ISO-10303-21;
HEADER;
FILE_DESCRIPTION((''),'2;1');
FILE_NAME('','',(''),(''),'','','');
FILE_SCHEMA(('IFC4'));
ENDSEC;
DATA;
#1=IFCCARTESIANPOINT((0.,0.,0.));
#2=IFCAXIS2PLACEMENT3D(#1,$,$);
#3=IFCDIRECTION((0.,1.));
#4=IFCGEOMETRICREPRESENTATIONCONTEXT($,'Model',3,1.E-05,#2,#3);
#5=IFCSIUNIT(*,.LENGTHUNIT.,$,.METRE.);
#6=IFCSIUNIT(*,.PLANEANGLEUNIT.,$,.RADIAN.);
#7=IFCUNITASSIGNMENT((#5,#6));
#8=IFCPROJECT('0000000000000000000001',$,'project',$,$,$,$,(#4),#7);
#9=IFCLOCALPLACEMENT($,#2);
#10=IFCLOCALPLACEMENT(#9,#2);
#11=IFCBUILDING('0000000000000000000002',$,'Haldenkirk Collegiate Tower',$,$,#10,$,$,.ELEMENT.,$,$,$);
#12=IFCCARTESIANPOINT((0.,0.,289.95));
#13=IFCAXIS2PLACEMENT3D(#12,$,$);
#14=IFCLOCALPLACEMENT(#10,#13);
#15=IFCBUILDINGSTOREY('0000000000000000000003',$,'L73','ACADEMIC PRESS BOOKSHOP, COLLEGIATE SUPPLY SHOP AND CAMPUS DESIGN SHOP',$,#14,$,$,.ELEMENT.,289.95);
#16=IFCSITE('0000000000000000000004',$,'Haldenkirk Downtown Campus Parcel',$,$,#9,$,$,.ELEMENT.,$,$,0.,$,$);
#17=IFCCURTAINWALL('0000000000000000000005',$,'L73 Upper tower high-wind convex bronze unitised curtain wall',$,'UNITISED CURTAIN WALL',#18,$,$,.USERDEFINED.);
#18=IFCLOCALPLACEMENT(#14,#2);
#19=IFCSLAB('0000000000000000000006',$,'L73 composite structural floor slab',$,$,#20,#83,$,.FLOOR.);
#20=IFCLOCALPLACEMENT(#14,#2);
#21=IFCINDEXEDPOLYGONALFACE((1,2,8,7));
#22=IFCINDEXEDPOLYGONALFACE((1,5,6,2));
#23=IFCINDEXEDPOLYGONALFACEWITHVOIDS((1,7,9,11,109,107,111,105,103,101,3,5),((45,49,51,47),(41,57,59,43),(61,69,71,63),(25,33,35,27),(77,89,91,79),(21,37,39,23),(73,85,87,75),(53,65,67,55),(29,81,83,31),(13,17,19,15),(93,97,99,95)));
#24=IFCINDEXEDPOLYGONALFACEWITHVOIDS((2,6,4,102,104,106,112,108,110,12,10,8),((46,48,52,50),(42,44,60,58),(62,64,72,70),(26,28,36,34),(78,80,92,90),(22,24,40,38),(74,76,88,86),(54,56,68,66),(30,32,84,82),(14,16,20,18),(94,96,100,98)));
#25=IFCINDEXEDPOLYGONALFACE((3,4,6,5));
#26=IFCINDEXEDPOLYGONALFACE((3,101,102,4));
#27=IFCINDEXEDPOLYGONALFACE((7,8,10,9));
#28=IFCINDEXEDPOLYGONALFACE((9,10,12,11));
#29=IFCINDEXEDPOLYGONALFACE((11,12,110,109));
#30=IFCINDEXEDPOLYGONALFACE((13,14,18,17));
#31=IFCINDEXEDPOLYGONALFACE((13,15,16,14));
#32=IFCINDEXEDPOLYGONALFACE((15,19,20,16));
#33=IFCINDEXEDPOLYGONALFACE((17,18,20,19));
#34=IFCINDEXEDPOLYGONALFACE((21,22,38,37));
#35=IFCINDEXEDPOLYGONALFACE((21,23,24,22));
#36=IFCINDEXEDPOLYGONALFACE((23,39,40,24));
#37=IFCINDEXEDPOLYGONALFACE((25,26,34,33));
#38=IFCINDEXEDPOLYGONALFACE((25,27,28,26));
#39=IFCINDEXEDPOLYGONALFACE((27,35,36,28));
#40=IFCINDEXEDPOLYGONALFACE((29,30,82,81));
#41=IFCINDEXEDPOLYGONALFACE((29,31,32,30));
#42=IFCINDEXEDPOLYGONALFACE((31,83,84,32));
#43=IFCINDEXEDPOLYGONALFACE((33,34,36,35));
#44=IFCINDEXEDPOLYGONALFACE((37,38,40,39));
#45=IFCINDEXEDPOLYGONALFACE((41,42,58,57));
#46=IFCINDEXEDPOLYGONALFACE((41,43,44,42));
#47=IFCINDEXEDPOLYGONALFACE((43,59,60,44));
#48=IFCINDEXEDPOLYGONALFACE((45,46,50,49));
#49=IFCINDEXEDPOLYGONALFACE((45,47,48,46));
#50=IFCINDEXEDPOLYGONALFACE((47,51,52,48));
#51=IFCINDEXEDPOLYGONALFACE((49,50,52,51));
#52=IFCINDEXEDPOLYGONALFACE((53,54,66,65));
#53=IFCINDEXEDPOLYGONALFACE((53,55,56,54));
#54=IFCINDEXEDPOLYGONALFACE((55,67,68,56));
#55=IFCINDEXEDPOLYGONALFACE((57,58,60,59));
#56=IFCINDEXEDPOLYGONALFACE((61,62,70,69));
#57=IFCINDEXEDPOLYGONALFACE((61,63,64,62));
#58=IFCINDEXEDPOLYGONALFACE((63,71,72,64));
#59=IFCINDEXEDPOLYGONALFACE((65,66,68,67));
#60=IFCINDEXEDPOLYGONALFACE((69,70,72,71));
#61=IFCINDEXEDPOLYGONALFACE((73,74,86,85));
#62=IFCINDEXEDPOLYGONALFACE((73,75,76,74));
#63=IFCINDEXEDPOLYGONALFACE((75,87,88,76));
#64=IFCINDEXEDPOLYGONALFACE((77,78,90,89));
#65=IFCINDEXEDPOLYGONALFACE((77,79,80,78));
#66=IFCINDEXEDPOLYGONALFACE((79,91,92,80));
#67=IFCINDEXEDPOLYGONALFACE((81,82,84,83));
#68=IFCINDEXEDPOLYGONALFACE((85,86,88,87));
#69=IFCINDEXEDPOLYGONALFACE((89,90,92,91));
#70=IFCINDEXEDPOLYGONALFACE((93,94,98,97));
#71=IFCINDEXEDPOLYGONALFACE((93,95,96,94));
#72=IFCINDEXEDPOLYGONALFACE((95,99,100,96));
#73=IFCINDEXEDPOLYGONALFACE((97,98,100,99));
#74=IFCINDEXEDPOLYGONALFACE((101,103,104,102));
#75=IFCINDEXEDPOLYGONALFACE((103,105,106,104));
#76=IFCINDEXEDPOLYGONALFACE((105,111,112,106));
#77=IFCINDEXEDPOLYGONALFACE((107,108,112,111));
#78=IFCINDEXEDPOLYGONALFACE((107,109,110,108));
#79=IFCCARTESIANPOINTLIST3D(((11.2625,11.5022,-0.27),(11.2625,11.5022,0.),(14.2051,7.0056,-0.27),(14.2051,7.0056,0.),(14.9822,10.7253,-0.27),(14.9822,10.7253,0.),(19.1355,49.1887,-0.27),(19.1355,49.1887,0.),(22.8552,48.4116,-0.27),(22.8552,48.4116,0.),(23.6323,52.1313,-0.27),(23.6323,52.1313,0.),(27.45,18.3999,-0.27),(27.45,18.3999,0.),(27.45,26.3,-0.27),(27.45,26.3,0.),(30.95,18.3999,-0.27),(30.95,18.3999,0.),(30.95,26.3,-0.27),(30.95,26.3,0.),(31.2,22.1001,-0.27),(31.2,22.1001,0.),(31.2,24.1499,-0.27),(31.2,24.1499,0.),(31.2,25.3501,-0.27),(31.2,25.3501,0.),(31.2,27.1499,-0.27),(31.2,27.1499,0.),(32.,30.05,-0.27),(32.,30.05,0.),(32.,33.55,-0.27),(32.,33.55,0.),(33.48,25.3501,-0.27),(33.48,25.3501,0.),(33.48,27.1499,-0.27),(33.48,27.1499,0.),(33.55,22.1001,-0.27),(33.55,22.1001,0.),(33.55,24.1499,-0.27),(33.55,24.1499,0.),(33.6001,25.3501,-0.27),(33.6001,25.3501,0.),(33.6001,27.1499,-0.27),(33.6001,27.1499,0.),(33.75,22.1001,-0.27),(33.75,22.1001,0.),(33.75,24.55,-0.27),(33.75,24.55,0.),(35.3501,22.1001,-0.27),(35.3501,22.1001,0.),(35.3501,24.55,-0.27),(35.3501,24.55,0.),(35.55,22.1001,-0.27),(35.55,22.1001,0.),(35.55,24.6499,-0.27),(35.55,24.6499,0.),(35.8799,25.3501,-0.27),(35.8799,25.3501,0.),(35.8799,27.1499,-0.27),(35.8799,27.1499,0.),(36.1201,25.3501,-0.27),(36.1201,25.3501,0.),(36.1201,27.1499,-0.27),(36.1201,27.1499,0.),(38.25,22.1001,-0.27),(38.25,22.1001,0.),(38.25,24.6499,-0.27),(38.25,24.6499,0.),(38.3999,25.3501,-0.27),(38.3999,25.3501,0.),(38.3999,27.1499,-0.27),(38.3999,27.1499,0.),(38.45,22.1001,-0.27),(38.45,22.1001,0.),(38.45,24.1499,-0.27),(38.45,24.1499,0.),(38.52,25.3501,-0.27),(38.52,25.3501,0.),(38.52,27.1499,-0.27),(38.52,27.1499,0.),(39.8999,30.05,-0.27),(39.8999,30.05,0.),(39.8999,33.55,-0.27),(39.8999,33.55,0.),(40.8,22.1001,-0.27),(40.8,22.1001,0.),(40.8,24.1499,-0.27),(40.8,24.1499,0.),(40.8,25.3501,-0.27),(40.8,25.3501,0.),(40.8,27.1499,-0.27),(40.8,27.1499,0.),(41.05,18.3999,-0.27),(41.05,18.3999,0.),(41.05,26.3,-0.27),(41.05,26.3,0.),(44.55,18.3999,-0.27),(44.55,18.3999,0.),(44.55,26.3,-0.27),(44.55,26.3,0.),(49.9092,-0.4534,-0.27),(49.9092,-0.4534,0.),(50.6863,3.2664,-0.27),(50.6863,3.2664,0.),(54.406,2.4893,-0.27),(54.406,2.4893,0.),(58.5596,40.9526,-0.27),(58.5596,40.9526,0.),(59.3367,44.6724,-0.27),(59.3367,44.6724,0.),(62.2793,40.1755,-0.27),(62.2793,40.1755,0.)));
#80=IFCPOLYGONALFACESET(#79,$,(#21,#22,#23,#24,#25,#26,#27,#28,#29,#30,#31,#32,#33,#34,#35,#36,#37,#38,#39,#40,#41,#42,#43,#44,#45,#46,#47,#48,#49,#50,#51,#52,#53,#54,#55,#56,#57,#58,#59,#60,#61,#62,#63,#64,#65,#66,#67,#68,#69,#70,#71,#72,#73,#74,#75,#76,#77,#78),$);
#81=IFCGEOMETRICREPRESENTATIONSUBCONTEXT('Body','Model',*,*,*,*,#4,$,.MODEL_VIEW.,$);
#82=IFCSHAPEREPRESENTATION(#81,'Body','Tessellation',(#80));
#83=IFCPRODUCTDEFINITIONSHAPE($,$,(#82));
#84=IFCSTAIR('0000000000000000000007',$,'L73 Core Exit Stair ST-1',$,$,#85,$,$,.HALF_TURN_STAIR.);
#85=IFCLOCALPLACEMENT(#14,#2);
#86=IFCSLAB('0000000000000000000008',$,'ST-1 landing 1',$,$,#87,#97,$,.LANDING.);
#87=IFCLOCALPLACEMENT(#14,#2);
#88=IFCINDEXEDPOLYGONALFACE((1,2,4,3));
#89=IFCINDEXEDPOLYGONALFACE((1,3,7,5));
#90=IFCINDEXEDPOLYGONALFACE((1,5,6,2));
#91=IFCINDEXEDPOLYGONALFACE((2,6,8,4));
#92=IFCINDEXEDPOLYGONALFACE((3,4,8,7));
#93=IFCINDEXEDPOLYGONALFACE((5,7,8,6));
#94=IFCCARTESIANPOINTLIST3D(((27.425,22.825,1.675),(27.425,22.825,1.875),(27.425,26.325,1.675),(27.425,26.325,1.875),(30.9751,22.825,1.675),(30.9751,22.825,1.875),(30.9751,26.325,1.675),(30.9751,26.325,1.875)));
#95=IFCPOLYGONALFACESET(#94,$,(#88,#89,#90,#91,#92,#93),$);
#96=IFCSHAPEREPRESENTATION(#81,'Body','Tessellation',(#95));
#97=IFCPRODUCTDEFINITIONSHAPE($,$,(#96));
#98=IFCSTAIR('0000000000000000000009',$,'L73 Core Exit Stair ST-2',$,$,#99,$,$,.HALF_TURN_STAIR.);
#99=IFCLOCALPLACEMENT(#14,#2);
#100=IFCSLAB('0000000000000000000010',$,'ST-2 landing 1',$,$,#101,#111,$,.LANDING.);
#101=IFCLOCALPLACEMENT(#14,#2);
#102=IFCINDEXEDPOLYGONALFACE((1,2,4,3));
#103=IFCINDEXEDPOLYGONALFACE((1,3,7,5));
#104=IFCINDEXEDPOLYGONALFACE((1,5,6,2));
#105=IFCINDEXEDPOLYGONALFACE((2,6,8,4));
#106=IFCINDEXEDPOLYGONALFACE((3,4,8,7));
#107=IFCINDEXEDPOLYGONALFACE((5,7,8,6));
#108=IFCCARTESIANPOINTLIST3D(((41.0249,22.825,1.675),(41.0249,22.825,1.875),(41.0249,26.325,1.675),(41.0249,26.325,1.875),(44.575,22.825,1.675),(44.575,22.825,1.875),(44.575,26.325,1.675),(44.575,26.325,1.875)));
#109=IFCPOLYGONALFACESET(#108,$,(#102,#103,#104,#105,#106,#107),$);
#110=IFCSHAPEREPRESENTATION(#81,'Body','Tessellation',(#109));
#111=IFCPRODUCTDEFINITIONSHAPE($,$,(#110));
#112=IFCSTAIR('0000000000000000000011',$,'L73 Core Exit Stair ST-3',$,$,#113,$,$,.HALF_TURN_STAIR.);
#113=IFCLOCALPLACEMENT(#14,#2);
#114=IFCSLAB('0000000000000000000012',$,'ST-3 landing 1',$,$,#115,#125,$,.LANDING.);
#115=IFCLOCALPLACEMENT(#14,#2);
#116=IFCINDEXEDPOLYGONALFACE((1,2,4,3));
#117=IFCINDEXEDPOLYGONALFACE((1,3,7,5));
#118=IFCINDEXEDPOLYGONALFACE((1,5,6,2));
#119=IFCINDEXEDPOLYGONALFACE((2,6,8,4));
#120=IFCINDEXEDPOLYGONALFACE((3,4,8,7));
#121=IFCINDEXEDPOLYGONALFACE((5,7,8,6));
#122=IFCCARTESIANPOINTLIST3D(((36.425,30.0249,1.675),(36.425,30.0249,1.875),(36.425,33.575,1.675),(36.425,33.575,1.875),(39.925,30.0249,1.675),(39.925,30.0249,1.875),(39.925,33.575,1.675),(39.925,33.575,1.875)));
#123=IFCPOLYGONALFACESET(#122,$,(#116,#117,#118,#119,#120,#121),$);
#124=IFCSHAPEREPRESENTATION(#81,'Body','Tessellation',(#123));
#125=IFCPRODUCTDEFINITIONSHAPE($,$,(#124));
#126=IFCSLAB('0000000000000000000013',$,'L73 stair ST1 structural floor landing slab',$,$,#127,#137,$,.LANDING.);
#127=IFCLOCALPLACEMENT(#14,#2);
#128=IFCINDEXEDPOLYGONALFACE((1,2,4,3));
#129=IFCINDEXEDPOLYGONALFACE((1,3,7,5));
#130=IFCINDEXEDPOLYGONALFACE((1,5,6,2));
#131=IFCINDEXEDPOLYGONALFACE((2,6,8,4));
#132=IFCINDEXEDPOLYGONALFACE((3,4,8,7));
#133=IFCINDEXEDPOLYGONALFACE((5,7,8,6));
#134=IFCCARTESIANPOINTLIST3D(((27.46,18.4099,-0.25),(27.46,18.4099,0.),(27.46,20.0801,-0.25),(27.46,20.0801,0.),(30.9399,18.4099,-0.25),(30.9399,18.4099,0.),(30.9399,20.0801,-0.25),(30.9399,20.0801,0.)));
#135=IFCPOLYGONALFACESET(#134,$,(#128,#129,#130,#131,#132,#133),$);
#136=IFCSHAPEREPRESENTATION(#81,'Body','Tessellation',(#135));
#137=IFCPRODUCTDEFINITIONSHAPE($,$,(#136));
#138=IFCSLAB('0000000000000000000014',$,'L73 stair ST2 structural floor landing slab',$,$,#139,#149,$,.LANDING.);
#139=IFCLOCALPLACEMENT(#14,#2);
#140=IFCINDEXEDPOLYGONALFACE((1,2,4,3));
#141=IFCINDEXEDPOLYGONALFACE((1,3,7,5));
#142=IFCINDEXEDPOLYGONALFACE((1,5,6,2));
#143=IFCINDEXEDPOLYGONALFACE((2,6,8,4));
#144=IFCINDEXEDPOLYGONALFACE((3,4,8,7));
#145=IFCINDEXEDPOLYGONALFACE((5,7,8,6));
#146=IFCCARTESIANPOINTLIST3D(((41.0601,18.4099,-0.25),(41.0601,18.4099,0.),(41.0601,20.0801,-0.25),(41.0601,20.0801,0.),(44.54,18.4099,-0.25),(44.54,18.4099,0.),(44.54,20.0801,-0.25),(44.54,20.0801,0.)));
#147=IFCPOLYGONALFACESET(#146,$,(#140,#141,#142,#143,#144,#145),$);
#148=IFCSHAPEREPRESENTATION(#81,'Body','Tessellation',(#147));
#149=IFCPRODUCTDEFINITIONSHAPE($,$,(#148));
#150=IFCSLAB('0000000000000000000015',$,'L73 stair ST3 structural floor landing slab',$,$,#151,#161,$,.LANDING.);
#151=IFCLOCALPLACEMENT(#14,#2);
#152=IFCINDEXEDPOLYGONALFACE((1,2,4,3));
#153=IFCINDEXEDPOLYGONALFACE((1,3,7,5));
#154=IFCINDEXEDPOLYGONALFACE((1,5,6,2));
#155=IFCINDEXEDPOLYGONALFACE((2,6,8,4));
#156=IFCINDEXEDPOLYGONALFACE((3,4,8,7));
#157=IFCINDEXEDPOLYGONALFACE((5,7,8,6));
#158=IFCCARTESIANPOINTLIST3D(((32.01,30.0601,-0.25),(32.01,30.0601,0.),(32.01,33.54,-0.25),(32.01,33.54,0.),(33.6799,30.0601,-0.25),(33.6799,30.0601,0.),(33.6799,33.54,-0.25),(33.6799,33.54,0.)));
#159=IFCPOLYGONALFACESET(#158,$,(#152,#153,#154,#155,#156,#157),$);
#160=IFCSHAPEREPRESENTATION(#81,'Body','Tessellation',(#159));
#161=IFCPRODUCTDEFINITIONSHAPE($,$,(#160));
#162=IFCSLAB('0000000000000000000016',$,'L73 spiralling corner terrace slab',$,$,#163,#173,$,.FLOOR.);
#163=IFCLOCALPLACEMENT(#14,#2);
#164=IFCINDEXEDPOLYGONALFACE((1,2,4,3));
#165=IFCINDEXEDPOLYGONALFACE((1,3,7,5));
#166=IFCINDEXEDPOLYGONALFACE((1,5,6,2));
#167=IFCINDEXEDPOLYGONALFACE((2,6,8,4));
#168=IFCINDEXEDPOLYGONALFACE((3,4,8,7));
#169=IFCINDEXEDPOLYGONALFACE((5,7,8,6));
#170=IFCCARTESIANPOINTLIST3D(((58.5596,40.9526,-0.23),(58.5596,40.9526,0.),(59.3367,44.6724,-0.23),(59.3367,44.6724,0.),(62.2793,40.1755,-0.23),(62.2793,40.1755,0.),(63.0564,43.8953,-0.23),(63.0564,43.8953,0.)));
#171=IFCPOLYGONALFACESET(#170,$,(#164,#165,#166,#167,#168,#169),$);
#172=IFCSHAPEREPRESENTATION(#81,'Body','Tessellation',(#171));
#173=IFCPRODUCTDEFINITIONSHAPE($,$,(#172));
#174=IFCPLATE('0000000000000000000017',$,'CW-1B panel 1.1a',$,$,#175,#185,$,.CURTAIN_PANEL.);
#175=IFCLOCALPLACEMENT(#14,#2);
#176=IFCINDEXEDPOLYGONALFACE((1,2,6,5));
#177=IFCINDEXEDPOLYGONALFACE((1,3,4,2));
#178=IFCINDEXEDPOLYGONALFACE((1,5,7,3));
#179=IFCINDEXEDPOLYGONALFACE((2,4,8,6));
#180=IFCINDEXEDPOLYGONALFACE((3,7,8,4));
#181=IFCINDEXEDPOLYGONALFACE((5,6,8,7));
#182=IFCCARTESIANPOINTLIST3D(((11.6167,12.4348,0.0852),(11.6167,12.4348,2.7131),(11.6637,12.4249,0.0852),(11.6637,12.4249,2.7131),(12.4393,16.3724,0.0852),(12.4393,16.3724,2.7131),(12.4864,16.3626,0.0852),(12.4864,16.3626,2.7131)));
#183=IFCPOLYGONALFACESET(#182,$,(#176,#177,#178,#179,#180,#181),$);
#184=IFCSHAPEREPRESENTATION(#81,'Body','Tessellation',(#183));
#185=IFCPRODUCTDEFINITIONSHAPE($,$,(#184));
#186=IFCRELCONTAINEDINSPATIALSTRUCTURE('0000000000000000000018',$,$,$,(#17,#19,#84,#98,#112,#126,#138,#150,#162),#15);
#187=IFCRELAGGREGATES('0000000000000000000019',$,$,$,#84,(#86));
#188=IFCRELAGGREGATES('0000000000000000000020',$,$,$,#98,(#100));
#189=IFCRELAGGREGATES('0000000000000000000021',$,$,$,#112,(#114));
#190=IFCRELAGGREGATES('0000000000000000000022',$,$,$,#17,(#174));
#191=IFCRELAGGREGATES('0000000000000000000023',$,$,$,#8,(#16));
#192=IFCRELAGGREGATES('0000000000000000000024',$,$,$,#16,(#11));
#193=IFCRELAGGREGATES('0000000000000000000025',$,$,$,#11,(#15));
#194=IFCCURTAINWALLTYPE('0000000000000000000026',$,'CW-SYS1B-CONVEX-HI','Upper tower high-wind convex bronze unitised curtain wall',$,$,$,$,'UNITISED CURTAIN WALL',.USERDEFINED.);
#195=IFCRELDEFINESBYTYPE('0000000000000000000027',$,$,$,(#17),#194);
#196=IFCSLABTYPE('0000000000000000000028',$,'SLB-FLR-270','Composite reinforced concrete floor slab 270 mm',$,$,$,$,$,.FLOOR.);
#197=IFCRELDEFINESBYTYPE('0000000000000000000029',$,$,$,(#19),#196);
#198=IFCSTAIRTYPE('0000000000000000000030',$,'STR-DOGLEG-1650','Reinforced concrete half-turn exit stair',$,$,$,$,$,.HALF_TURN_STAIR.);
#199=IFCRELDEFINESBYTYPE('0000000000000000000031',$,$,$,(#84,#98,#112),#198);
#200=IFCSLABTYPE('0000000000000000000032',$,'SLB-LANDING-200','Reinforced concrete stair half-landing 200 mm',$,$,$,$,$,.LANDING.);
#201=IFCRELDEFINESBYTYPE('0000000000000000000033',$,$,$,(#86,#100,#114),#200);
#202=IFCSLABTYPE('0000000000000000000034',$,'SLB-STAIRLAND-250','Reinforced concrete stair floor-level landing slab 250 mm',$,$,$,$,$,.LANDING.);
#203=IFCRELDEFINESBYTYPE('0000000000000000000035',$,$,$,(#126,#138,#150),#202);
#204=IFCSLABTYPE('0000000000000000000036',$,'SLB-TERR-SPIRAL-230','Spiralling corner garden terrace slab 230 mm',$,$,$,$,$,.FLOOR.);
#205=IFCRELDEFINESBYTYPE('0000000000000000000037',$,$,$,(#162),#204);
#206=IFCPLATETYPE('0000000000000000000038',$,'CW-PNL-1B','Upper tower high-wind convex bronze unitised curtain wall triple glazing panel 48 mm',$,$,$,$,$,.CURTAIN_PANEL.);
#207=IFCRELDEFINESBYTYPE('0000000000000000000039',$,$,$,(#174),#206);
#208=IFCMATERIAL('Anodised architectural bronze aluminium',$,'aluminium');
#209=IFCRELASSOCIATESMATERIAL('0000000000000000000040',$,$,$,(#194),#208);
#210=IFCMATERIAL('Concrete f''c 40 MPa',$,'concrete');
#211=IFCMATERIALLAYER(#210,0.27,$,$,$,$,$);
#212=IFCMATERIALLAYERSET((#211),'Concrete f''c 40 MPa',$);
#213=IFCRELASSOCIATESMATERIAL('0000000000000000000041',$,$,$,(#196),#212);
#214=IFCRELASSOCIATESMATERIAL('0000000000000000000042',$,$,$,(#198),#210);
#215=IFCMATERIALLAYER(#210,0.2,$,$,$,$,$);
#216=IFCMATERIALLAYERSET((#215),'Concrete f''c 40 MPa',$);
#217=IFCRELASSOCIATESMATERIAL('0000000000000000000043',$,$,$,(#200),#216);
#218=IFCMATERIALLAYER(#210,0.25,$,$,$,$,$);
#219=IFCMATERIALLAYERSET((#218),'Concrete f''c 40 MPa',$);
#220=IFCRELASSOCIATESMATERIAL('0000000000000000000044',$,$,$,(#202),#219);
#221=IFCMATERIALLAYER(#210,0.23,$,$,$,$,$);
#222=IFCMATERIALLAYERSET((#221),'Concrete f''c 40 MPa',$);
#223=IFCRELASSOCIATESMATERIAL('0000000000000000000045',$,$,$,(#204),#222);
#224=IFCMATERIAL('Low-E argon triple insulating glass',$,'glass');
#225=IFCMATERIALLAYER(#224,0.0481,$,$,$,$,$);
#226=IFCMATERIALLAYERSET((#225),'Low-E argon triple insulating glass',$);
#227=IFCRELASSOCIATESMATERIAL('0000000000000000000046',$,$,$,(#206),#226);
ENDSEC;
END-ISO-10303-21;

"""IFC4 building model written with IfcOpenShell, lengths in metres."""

from ifc_helpers import new_model, si_unit, direction, frame, origin, origin_2d, place, context, subcontext, project, spatial, polyline, rectangle, outline, extrude, source, transform, mapped, material, layer, layer_set, type_object, element, aggregate, save


model = new_model("IFC4")

# Units and contexts
model_context = context("Model", 3, precision=1e-05, world=origin(), true_north=direction((0.0, 1.0)))
body_context = subcontext(model_context, "Body", "Model", "MODEL_VIEW")
ifc_project = project(units=[si_unit("LENGTHUNIT", "METRE"), si_unit("PLANEANGLEUNIT", "RADIAN")], contexts=[model_context])

# Site, building, storey
site_placement = place(None, origin())
site = spatial("IfcSite", under=ifc_project, at=site_placement, Name="Haldenkirk Downtown Campus Parcel", CompositionType="ELEMENT", RefElevation=0.0)
building_placement = place(site_placement, origin())
building = spatial("IfcBuilding", under=site, at=building_placement, Name="Haldenkirk Collegiate Tower", CompositionType="ELEMENT")
storey_placement = place(building_placement, frame((0.0, 0.0, 289.95)))
storey = spatial("IfcBuildingStorey", under=building, at=storey_placement, Name="L73", Description="ACADEMIC PRESS BOOKSHOP, COLLEGIATE SUPPLY SHOP AND CAMPUS DESIGN SHOP", CompositionType="ELEMENT", Elevation=289.95)

# Curtain wall
ifc_material_1 = material(Name="Anodised architectural bronze aluminium", Category="aluminium")
curtain_wall_type = type_object("IfcCurtainWallType", Name="CW-SYS1B-CONVEX-HI", Description="Upper tower high-wind convex bronze unitised curtain wall", ElementType="UNITISED CURTAIN WALL", PredefinedType="USERDEFINED", material=ifc_material_1)
curtain_wall_placement = place(storey_placement, origin())
curtain_wall = element("IfcCurtainWall", 1, at=curtain_wall_placement, inside=storey, type_object=curtain_wall_type, Name="L73 Upper tower high-wind convex bronze unitised curtain wall", ObjectType="UNITISED CURTAIN WALL", PredefinedType="USERDEFINED")

# Slab
ifc_material_2 = material(Name="Concrete f'c 40 MPa", Category="concrete")
ifc_layer_1 = layer(ifc_material_2, 0.27)
ifc_layer_set_1 = layer_set([ifc_layer_1], Name="Concrete f'c 40 MPa")
slab_type_1 = type_object("IfcSlabType", Name="SLB-FLR-270", Description="Composite reinforced concrete floor slab 270 mm", PredefinedType="FLOOR", material=ifc_layer_set_1)
slab_1_placement = place(storey_placement, frame((0.0, 0.0, -0.27)))
element("IfcSlab", 2, at=slab_1_placement, inside=storey, type_object=slab_type_1, Name="L73 composite structural floor slab", PredefinedType="FLOOR", context=body_context, shape_type="SweptSolid", body=[
    extrude(outline(polyline([(54.406, 2.4893), (62.2793, 40.1755), (58.5596, 40.9526), (59.3367, 44.6724), (23.6323, 52.1313), (22.8552, 48.4116), (19.1355, 49.1887), (11.2625, 11.5022), (14.9822, 10.7253), (14.2051, 7.0056), (49.9092, -0.4534), (50.6863, 3.2664), (54.406, 2.4893)]), holes=[polyline([(27.45, 18.3999), (30.95, 18.3999), (30.95, 26.3), (27.45, 26.3), (27.45, 18.3999)]), polyline([(41.05, 18.3999), (44.55, 18.3999), (44.55, 26.3), (41.05, 26.3), (41.05, 18.3999)]), polyline([(32.0, 30.05), (39.8999, 30.05), (39.8999, 33.55), (32.0, 33.55), (32.0, 30.05)]), polyline([(33.75, 22.1001), (35.3501, 22.1001), (35.3501, 24.55), (33.75, 24.55), (33.75, 22.1001)]), polyline([(31.2, 25.3501), (33.48, 25.3501), (33.48, 27.1499), (31.2, 27.1499), (31.2, 25.3501)]), polyline([(33.6001, 25.3501), (35.8799, 25.3501), (35.8799, 27.1499), (33.6001, 27.1499), (33.6001, 25.3501)]), polyline([(36.1201, 25.3501), (38.3999, 25.3501), (38.3999, 27.1499), (36.1201, 27.1499), (36.1201, 25.3501)]), polyline([(38.52, 25.3501), (40.8, 25.3501), (40.8, 27.1499), (38.52, 27.1499), (38.52, 25.3501)]), polyline([(31.2, 22.1001), (33.55, 22.1001), (33.55, 24.1499), (31.2, 24.1499), (31.2, 22.1001)]), polyline([(38.45, 22.1001), (40.8, 22.1001), (40.8, 24.1499), (38.45, 24.1499), (38.45, 22.1001)]), polyline([(35.55, 22.1001), (38.25, 22.1001), (38.25, 24.6499), (35.55, 24.6499), (35.55, 22.1001)])]), origin(), (0.0, 0.0, 1.0), 0.27),
])

# Stairs, slabs
stair_type = type_object("IfcStairType", Name="STR-DOGLEG-1650", Description="Reinforced concrete half-turn exit stair", PredefinedType="HALF_TURN_STAIR", material=ifc_material_2)
stair_1_placement = place(storey_placement, origin())
stair_1 = element("IfcStair", 3, at=stair_1_placement, inside=storey, type_object=stair_type, Name="L73 Core Exit Stair ST-1", PredefinedType="HALF_TURN_STAIR")
ifc_layer_2 = layer(ifc_material_2, 0.2)
ifc_layer_set_2 = layer_set([ifc_layer_2], Name="Concrete f'c 40 MPa")
slab_type_2 = type_object("IfcSlabType", Name="SLB-LANDING-200", Description="Reinforced concrete stair half-landing 200 mm", PredefinedType="LANDING", material=ifc_layer_set_2)
slab_2_placement = place(storey_placement, frame((0.0, 0.0, 1.675)))
slab_2 = element("IfcSlab", 4, at=slab_2_placement, type_object=slab_type_2, Name="ST-1 landing 1", PredefinedType="LANDING", context=body_context, shape_type="SweptSolid", body=[
    extrude(outline(polyline([(30.9751, 22.825), (27.425, 22.825), (27.425, 26.325), (30.9751, 26.325), (30.9751, 22.825)])), origin(), (0.0, 0.0, 1.0), 0.2),
])
aggregate(stair_1, [slab_2])
stair_2_placement = place(storey_placement, origin())
stair_2 = element("IfcStair", 5, at=stair_2_placement, inside=storey, type_object=stair_type, Name="L73 Core Exit Stair ST-2", PredefinedType="HALF_TURN_STAIR")
slab_3_placement = place(storey_placement, frame((0.0, 0.0, 1.675)))
slab_3 = element("IfcSlab", 6, at=slab_3_placement, type_object=slab_type_2, Name="ST-2 landing 1", PredefinedType="LANDING", context=body_context, shape_type="SweptSolid", body=[
    extrude(outline(polyline([(44.575, 22.825), (41.0249, 22.825), (41.0249, 26.325), (44.575, 26.325), (44.575, 22.825)])), origin(), (0.0, 0.0, 1.0), 0.2),
])
aggregate(stair_2, [slab_3])
stair_3_placement = place(storey_placement, origin())
stair_3 = element("IfcStair", 7, at=stair_3_placement, inside=storey, type_object=stair_type, Name="L73 Core Exit Stair ST-3", PredefinedType="HALF_TURN_STAIR")
slab_4_placement = place(storey_placement, frame((0.0, 0.0, 1.675)))
slab_4 = element("IfcSlab", 8, at=slab_4_placement, type_object=slab_type_2, Name="ST-3 landing 1", PredefinedType="LANDING", context=body_context, shape_type="SweptSolid", body=[
    extrude(outline(polyline([(36.425, 30.0249), (36.425, 33.575), (39.925, 33.575), (39.925, 30.0249), (36.425, 30.0249)])), origin(), (0.0, 0.0, 1.0), 0.2),
])
aggregate(stair_3, [slab_4])

# Slabs
ifc_layer_3 = layer(ifc_material_2, 0.25)
ifc_layer_set_3 = layer_set([ifc_layer_3], Name="Concrete f'c 40 MPa")
slab_type_3 = type_object("IfcSlabType", Name="SLB-STAIRLAND-250", Description="Reinforced concrete stair floor-level landing slab 250 mm", PredefinedType="LANDING", material=ifc_layer_set_3)
slab_5_placement = place(storey_placement, frame((0.0, 0.0, -0.25)))
element("IfcSlab", 9, at=slab_5_placement, inside=storey, type_object=slab_type_3, Name="L73 stair ST1 structural floor landing slab", PredefinedType="LANDING", context=body_context, shape_type="SweptSolid", body=[
    extrude(outline(polyline([(27.46, 18.4099), (30.9399, 18.4099), (30.9399, 20.0801), (27.46, 20.0801), (27.46, 18.4099)])), origin(), (0.0, 0.0, 1.0), 0.25),
])
slab_6_placement = place(storey_placement, frame((0.0, 0.0, -0.25)))
element("IfcSlab", 10, at=slab_6_placement, inside=storey, type_object=slab_type_3, Name="L73 stair ST2 structural floor landing slab", PredefinedType="LANDING", context=body_context, shape_type="SweptSolid", body=[
    extrude(outline(polyline([(41.0601, 18.4099), (44.54, 18.4099), (44.54, 20.0801), (41.0601, 20.0801), (41.0601, 18.4099)])), origin(), (0.0, 0.0, 1.0), 0.25),
])
slab_7_placement = place(storey_placement, frame((0.0, 0.0, -0.25)))
element("IfcSlab", 11, at=slab_7_placement, inside=storey, type_object=slab_type_3, Name="L73 stair ST3 structural floor landing slab", PredefinedType="LANDING", context=body_context, shape_type="SweptSolid", body=[
    extrude(outline(polyline([(32.01, 30.0601), (33.6799, 30.0601), (33.6799, 33.54), (32.01, 33.54), (32.01, 30.0601)])), origin(), (0.0, 0.0, 1.0), 0.25),
])
ifc_layer_4 = layer(ifc_material_2, 0.23)
ifc_layer_set_4 = layer_set([ifc_layer_4], Name="Concrete f'c 40 MPa")
slab_type_4 = type_object("IfcSlabType", Name="SLB-TERR-SPIRAL-230", Description="Spiralling corner garden terrace slab 230 mm", PredefinedType="FLOOR", material=ifc_layer_set_4)
slab_8_placement = place(storey_placement, frame((0.0, 0.0, -0.23)))
element("IfcSlab", 12, at=slab_8_placement, inside=storey, type_object=slab_type_4, Name="L73 spiralling corner terrace slab", PredefinedType="FLOOR", context=body_context, shape_type="SweptSolid", body=[
    extrude(outline(polyline([(62.2793, 40.1755), (63.0564, 43.8953), (59.3367, 44.6724), (58.5596, 40.9526), (62.2793, 40.1755)])), origin(), (0.0, 0.0, 1.0), 0.23),
])

# Plate
ifc_material_3 = material(Name="Low-E argon triple insulating glass", Category="glass")
ifc_layer_5 = layer(ifc_material_3, 0.0481)
ifc_layer_set_5 = layer_set([ifc_layer_5], Name="Low-E argon triple insulating glass")
plate_type = type_object("IfcPlateType", Name="CW-PNL-1B", Description="Upper tower high-wind convex bronze unitised curtain wall triple glazing panel 48 mm", PredefinedType="CURTAIN_PANEL", material=ifc_layer_set_5)
shared_shape_1 = source(origin(), body_context, "Body", "SweptSolid", [
    extrude(rectangle(XDim=4.0227, YDim=0.0481, at=origin_2d()), origin(), (0.0, 0.0, 1.0), 2.6279),
])
plate_1_placement = place(storey_placement, frame((12.0515, 14.3987, 0.0852), z_axis=(0.0, 0.0, 1.0), x_axis=(0.204499, 0.978867, 0.0)))
plate_1 = element("IfcPlate", 13, at=plate_1_placement, type_object=plate_type, Name="CW-1B panel 1.1a", PredefinedType="CURTAIN_PANEL", context=body_context, shape_type="MappedRepresentation", body=[
    mapped(shared_shape_1, transform((0.0, 0.0, 0.0), x_axis=(1.0, 0.0, 0.0), y_axis=(0.0, 1.0, 0.0), z_axis=(0.0, 0.0, 1.0), scale=1.0)),
])
aggregate(curtain_wall, [plate_1])

save(model, "model.ifc")
